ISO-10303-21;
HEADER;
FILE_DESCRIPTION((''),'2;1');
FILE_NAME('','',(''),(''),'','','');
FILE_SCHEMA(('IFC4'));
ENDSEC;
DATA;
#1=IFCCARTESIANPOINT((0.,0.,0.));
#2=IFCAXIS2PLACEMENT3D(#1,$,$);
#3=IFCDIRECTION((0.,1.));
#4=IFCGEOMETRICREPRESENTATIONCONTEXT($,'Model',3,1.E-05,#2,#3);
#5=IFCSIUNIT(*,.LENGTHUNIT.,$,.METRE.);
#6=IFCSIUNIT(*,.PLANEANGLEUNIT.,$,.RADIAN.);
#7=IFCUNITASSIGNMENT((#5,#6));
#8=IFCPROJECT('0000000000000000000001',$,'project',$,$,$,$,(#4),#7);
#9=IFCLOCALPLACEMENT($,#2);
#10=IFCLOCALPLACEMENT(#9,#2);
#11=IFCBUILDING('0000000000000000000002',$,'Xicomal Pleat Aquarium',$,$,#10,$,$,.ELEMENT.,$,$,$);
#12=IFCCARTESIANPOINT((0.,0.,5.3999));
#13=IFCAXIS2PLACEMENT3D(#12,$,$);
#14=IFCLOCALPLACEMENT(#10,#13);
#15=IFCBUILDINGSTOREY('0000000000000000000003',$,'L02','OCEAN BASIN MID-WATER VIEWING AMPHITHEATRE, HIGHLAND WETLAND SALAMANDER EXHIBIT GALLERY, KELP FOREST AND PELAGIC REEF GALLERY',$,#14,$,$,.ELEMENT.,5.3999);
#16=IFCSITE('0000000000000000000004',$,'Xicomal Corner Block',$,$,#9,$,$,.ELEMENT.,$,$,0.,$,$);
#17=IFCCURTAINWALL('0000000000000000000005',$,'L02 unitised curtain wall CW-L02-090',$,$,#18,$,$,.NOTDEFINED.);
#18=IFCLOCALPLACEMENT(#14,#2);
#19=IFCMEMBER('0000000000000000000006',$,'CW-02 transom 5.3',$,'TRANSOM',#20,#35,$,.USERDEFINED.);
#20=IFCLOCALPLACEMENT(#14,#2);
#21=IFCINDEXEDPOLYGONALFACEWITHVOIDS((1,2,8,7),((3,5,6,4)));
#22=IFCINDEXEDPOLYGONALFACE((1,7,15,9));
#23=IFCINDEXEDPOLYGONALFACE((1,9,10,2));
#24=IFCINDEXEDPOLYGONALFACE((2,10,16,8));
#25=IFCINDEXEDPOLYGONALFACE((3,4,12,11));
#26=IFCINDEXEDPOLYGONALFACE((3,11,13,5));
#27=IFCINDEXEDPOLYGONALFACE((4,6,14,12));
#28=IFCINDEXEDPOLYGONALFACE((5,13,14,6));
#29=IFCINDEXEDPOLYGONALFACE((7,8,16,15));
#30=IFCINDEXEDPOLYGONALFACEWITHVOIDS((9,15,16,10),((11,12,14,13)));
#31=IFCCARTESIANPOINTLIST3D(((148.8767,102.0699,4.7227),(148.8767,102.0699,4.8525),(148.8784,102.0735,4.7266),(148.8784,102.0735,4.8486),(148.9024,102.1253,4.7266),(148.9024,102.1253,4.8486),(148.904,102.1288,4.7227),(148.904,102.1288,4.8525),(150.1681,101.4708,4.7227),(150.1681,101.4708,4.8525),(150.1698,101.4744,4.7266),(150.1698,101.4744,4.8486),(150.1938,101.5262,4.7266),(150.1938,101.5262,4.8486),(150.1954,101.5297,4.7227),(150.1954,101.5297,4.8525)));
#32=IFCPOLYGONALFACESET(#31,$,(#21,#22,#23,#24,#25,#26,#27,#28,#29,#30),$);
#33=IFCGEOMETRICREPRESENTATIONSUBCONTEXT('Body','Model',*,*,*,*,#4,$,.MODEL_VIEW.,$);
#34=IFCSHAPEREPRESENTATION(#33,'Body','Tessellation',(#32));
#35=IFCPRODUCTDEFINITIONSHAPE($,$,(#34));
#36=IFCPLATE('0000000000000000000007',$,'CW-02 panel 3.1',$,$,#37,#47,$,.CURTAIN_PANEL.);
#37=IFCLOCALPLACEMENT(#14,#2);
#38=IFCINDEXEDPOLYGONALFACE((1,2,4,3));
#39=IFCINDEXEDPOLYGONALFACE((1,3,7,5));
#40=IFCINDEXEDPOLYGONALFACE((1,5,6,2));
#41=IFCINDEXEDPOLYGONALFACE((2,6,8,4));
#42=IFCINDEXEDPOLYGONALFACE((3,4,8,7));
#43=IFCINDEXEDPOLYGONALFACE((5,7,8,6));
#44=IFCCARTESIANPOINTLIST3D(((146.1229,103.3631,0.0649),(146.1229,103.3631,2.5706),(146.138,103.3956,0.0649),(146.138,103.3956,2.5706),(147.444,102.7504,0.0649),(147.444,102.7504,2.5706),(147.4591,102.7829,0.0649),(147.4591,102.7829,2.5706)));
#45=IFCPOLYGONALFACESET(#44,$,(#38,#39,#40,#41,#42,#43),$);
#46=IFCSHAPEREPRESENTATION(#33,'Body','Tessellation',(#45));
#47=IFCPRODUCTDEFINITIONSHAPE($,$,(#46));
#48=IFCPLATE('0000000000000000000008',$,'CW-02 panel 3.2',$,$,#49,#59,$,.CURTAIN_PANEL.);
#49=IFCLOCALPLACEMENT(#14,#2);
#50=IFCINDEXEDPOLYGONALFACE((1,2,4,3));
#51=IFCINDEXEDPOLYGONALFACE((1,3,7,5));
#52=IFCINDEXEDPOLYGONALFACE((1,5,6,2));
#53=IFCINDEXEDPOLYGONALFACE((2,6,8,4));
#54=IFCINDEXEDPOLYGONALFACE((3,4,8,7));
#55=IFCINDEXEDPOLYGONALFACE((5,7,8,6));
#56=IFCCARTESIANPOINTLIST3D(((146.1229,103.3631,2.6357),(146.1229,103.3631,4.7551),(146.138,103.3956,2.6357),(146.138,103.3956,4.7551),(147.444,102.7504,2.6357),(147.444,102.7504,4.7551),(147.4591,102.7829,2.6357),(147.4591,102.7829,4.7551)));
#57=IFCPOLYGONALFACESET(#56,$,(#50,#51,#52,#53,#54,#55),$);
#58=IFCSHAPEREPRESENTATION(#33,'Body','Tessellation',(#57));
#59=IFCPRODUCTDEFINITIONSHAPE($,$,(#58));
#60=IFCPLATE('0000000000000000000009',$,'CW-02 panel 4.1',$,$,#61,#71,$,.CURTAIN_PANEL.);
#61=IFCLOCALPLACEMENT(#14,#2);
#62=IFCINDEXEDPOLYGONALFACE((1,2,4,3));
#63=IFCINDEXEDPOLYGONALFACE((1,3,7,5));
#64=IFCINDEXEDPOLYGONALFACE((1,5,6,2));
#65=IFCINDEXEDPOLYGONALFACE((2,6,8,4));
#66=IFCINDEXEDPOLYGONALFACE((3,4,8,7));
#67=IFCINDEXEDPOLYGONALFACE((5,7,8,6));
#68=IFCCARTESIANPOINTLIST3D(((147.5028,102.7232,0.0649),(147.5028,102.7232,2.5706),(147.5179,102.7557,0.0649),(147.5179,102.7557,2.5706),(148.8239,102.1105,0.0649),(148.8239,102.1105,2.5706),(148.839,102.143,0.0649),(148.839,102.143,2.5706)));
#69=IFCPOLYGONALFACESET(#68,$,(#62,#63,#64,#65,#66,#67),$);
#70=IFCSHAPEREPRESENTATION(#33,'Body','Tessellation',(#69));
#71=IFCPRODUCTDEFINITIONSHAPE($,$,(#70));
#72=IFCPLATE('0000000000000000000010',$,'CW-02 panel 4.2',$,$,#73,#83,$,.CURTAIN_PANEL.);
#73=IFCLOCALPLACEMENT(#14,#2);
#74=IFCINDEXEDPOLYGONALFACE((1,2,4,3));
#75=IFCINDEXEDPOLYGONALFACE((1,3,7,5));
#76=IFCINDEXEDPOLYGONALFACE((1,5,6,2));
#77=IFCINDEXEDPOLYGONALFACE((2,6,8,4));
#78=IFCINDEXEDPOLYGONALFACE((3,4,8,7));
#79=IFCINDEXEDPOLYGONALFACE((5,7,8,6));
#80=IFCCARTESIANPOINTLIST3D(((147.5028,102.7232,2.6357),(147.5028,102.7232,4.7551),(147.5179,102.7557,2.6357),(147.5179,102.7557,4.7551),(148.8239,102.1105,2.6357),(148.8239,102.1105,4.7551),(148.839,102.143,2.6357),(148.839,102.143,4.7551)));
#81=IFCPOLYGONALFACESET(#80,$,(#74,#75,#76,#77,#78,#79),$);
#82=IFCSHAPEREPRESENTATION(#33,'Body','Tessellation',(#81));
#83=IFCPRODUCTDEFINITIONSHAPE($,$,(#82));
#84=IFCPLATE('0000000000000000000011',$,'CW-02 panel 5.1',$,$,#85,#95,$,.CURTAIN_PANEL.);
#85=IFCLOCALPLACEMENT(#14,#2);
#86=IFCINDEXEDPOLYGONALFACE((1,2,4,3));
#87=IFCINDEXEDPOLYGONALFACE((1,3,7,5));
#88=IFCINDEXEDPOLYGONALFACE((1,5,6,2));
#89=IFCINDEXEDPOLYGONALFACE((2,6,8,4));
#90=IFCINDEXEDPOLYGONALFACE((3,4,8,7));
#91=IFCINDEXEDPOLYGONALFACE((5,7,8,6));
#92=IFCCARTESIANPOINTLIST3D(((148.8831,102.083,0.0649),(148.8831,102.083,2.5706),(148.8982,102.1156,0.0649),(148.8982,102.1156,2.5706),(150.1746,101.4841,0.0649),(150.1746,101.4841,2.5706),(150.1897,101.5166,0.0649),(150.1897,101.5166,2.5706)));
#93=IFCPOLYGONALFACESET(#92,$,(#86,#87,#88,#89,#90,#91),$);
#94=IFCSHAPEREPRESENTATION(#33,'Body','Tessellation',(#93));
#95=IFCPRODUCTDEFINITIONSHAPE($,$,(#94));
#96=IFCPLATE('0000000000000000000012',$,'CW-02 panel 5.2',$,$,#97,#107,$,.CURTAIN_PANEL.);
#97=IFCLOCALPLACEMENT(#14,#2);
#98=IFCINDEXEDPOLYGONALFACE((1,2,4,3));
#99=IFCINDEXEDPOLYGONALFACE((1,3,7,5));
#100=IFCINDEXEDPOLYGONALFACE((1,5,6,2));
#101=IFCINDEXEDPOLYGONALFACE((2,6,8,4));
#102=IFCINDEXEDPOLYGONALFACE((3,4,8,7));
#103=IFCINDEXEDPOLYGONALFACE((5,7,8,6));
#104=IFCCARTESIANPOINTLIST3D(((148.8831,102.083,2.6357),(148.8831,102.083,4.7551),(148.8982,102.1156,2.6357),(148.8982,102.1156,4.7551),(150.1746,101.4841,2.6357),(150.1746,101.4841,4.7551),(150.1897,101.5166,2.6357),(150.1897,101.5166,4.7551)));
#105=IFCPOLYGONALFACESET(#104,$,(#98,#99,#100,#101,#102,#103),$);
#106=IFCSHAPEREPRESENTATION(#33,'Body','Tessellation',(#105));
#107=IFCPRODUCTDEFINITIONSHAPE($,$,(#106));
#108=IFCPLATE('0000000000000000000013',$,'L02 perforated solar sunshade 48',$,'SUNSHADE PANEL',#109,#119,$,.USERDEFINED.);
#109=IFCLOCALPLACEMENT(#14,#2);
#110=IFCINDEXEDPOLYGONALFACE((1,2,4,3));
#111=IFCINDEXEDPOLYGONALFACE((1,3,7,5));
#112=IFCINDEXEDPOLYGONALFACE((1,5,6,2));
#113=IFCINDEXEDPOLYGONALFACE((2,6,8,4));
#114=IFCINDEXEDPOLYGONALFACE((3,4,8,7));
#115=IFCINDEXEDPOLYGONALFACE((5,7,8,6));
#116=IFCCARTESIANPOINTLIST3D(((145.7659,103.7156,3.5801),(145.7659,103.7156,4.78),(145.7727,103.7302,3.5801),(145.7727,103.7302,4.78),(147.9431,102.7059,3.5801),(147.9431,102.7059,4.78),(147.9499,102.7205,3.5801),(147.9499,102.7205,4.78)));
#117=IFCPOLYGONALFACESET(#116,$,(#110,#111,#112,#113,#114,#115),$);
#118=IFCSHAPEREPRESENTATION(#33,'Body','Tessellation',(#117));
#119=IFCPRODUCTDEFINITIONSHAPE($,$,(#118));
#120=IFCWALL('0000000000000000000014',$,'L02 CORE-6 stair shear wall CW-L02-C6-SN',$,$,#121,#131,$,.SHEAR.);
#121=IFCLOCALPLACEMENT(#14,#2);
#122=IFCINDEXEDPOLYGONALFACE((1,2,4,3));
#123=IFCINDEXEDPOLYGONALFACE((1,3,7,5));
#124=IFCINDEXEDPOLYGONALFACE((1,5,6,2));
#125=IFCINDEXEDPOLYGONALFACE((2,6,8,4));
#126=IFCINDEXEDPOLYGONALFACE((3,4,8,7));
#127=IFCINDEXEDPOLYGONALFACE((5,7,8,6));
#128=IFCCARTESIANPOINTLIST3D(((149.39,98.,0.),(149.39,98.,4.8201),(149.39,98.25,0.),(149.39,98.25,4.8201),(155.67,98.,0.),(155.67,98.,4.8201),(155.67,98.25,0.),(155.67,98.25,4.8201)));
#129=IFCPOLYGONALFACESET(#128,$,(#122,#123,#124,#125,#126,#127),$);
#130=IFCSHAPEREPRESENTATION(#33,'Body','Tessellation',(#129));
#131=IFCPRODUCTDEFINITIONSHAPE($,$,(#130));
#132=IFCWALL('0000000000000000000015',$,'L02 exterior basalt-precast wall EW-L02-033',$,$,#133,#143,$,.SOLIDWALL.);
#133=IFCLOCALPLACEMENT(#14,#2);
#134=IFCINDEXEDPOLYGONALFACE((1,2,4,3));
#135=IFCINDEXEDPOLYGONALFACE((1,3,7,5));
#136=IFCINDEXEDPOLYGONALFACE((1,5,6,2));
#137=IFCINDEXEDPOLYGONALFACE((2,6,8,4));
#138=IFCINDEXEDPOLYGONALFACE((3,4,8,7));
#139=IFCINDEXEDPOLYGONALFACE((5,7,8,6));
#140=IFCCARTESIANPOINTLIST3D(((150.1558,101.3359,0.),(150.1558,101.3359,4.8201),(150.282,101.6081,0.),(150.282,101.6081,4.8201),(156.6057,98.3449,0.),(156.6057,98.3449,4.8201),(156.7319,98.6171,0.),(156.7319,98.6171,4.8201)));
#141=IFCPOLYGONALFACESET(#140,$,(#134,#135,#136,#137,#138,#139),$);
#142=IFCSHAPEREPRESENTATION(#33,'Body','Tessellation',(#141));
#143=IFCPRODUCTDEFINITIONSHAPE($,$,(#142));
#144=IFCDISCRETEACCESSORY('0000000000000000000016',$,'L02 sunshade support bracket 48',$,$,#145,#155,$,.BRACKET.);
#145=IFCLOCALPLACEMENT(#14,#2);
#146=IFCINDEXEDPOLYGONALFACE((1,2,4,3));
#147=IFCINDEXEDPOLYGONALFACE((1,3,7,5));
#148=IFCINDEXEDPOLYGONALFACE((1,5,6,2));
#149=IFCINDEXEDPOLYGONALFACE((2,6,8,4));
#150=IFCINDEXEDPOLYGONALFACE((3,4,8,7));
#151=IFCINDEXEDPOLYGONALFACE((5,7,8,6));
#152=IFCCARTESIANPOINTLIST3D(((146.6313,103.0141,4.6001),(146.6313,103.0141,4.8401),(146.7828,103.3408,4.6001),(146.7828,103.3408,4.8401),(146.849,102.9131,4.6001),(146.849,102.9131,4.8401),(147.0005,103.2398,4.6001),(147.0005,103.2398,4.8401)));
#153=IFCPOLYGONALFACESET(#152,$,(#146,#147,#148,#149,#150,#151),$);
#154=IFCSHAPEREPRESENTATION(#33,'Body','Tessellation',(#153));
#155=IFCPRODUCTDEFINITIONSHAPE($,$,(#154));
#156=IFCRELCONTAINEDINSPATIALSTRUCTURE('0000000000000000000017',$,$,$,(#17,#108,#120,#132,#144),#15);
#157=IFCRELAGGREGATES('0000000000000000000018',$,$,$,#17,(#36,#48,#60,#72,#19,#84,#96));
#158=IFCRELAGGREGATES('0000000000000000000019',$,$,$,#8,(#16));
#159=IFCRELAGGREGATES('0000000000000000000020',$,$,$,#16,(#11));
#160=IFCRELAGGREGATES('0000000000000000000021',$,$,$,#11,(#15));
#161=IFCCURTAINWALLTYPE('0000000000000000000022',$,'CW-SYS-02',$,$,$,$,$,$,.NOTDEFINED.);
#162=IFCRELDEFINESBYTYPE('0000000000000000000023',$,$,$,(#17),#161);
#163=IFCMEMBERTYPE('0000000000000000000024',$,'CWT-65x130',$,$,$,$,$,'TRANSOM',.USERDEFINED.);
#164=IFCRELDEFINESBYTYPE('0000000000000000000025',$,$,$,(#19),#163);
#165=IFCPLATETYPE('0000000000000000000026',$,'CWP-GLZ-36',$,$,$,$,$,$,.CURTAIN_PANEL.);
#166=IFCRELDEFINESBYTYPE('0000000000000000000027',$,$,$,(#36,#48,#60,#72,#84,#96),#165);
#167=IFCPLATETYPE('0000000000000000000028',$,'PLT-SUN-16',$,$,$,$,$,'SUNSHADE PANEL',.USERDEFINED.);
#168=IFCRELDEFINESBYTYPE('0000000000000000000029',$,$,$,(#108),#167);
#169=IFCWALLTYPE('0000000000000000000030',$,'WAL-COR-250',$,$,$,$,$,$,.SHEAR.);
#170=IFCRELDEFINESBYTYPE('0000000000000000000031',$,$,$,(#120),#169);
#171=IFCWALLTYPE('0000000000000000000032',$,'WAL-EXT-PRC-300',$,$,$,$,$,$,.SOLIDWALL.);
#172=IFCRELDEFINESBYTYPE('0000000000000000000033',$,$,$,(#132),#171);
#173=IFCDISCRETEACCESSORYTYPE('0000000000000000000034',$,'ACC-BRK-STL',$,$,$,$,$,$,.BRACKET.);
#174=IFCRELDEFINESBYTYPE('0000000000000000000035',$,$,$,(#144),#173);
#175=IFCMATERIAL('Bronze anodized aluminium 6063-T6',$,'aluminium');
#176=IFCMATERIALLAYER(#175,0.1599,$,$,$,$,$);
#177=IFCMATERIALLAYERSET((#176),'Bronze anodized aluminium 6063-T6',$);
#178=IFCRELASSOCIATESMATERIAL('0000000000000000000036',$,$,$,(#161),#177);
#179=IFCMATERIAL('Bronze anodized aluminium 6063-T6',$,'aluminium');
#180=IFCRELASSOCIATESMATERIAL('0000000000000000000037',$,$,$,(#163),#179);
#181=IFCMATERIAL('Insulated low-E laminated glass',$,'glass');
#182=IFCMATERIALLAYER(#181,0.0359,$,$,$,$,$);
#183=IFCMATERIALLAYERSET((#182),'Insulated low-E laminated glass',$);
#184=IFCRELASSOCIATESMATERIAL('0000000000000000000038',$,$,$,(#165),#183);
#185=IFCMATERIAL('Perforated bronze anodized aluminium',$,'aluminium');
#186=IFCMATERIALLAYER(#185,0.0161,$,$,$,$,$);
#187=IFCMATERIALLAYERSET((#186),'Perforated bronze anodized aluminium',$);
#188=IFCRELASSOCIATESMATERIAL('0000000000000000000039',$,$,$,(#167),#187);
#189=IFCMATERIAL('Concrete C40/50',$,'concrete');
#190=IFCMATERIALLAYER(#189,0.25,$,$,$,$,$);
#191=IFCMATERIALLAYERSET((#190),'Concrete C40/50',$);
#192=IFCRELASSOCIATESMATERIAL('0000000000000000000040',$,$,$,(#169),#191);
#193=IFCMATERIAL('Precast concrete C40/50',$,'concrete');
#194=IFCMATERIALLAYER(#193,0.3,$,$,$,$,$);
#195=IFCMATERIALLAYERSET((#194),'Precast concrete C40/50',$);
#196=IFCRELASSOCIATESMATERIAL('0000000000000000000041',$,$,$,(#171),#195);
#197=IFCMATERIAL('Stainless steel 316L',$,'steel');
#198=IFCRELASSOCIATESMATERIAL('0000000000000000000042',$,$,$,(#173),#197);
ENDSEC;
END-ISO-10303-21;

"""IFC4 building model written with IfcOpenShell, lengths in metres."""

from ifc_helpers import new_model, si_unit, direction, frame, frame_2d, origin, origin_2d, place, context, subcontext, project, spatial, rectangle, hollow_rectangle, extrude, material, layer, layer_set, material_profile, profile_set, type_object, element, aggregate, save


model = new_model("IFC4")

# Units and contexts
model_context = context("Model", 3, precision=1e-05, world=origin(), true_north=direction((0.0, 1.0)))
body_context = subcontext(model_context, "Body", "Model", "MODEL_VIEW")
ifc_project = project(units=[si_unit("LENGTHUNIT", "METRE"), si_unit("PLANEANGLEUNIT", "RADIAN")], contexts=[model_context])

# Site, building, storey
site_placement = place(None, origin())
site = spatial("IfcSite", under=ifc_project, at=site_placement, Name="Xicomal Corner Block", CompositionType="ELEMENT", RefElevation=0.0)
building_placement = place(site_placement, origin())
building = spatial("IfcBuilding", under=site, at=building_placement, Name="Xicomal Pleat Aquarium", CompositionType="ELEMENT")
storey_placement = place(building_placement, frame((0.0, 0.0, 5.3999)))
storey = spatial("IfcBuildingStorey", under=building, at=storey_placement, Name="L02", Description="OCEAN BASIN MID-WATER VIEWING AMPHITHEATRE, HIGHLAND WETLAND SALAMANDER EXHIBIT GALLERY, KELP FOREST AND PELAGIC REEF GALLERY", CompositionType="ELEMENT", Elevation=5.3999)

# Curtain wall, member, plates
ifc_material_1 = material(Name="Bronze anodized aluminium 6063-T6", Category="aluminium")
ifc_layer_1 = layer(ifc_material_1, 0.1599)
ifc_layer_set_1 = layer_set([ifc_layer_1], Name="Bronze anodized aluminium 6063-T6")
curtain_wall_type = type_object("IfcCurtainWallType", Name="CW-SYS-02", PredefinedType="NOTDEFINED", material=ifc_layer_set_1)
curtain_wall_placement = place(storey_placement, origin())
curtain_wall = element("IfcCurtainWall", 1, at=curtain_wall_placement, inside=storey, type_object=curtain_wall_type, Name="L02 unitised curtain wall CW-L02-090", PredefinedType="NOTDEFINED")
ifc_material_2 = material(Name="Bronze anodized aluminium 6063-T6", Category="aluminium")
ifc_material_profile_1 = material_profile(ifc_material_2, hollow_rectangle(XDim=0.0649, YDim=0.1299, WallThickness=0.0039, at=origin_2d()), Name="ALU TRAN 65x130")
ifc_profile_set_1 = profile_set([ifc_material_profile_1], Name="Bronze anodized aluminium 6063-T6")
member_type_1 = type_object("IfcMemberType", Name="CWT-65x130", ElementType="TRANSOM", PredefinedType="USERDEFINED", material=ifc_profile_set_1)
member_1_placement = place(storey_placement, frame((148.8904, 102.0994, 4.7876), z_axis=(0.907145, -0.420819, 0.0), x_axis=(0.420819, 0.907145, 0.0)))
member_1 = element("IfcMember", 2, at=member_1_placement, type_object=member_type_1, Name="CW-02 transom 5.3", ObjectType="TRANSOM", PredefinedType="USERDEFINED", context=body_context, shape_type="SweptSolid", body=[
    extrude(hollow_rectangle(XDim=0.0649, YDim=0.1299, WallThickness=0.0039, at=origin_2d()), origin(), (0.0, 0.0, 1.0), 1.4236),
])
ifc_material_3 = material(Name="Insulated low-E laminated glass", Category="glass")
ifc_layer_2 = layer(ifc_material_3, 0.0359)
ifc_layer_set_2 = layer_set([ifc_layer_2], Name="Insulated low-E laminated glass")
plate_type_1 = type_object("IfcPlateType", Name="CWP-GLZ-36", PredefinedType="CURTAIN_PANEL", material=ifc_layer_set_2)
plate_1_placement = place(storey_placement, frame((146.791, 103.073, 0.0649), z_axis=(0.0, 0.0, 1.0), x_axis=(0.907188, -0.420725, 0.0)))
plate_1 = element("IfcPlate", 3, at=plate_1_placement, type_object=plate_type_1, Name="CW-02 panel 3.1", PredefinedType="CURTAIN_PANEL", context=body_context, shape_type="SweptSolid", body=[
    extrude(rectangle(XDim=1.4563, YDim=0.0359, at=origin_2d()), origin(), (0.0, 0.0, 1.0), 2.5056),
])
plate_2_placement = place(storey_placement, frame((146.791, 103.073, 2.6357), z_axis=(0.0, 0.0, 1.0), x_axis=(0.907188, -0.420725, 0.0)))
plate_2 = element("IfcPlate", 4, at=plate_2_placement, type_object=plate_type_1, Name="CW-02 panel 3.2", PredefinedType="CURTAIN_PANEL", context=body_context, shape_type="SweptSolid", body=[
    extrude(rectangle(XDim=1.4563, YDim=0.0359, at=origin_2d()), origin(), (0.0, 0.0, 1.0), 2.1194),
])
plate_3_placement = place(storey_placement, frame((148.1709, 102.4331, 0.0649), z_axis=(0.0, 0.0, 1.0), x_axis=(0.907188, -0.420725, 0.0)))
plate_3 = element("IfcPlate", 5, at=plate_3_placement, type_object=plate_type_1, Name="CW-02 panel 4.1", PredefinedType="CURTAIN_PANEL", context=body_context, shape_type="SweptSolid", body=[
    extrude(rectangle(XDim=1.4563, YDim=0.0359, at=origin_2d()), origin(), (0.0, 0.0, 1.0), 2.5056),
])
plate_4_placement = place(storey_placement, frame((148.1709, 102.4331, 2.6357), z_axis=(0.0, 0.0, 1.0), x_axis=(0.907188, -0.420725, 0.0)))
plate_4 = element("IfcPlate", 6, at=plate_4_placement, type_object=plate_type_1, Name="CW-02 panel 4.2", PredefinedType="CURTAIN_PANEL", context=body_context, shape_type="SweptSolid", body=[
    extrude(rectangle(XDim=1.4563, YDim=0.0359, at=origin_2d()), origin(), (0.0, 0.0, 1.0), 2.1194),
])
plate_5_placement = place(storey_placement, frame((149.5364, 101.7998, 0.0649), z_axis=(0.0, 0.0, 1.0), x_axis=(0.907188, -0.420725, 0.0)))
plate_5 = element("IfcPlate", 7, at=plate_5_placement, type_object=plate_type_1, Name="CW-02 panel 5.1", PredefinedType="CURTAIN_PANEL", context=body_context, shape_type="SweptSolid", body=[
    extrude(rectangle(XDim=1.4236, YDim=0.0359, at=origin_2d()), origin(), (0.0, 0.0, 1.0), 2.5056),
])
plate_6_placement = place(storey_placement, frame((149.5364, 101.7998, 2.6357), z_axis=(0.0, 0.0, 1.0), x_axis=(0.907188, -0.420725, 0.0)))
plate_6 = element("IfcPlate", 8, at=plate_6_placement, type_object=plate_type_1, Name="CW-02 panel 5.2", PredefinedType="CURTAIN_PANEL", context=body_context, shape_type="SweptSolid", body=[
    extrude(rectangle(XDim=1.4236, YDim=0.0359, at=origin_2d()), origin(), (0.0, 0.0, 1.0), 2.1194),
])
aggregate(curtain_wall, [plate_1, plate_2, plate_3, plate_4, member_1, plate_5, plate_6])

# Plate
ifc_material_4 = material(Name="Perforated bronze anodized aluminium", Category="aluminium")
ifc_layer_3 = layer(ifc_material_4, 0.0161)
ifc_layer_set_3 = layer_set([ifc_layer_3], Name="Perforated bronze anodized aluminium")
plate_type_2 = type_object("IfcPlateType", Name="PLT-SUN-16", ElementType="SUNSHADE PANEL", PredefinedType="USERDEFINED", material=ifc_layer_set_3)
plate_7_placement = place(storey_placement, frame((146.8579, 103.218, 3.5801), z_axis=(0.0, 0.0, 1.0), x_axis=(0.907191, -0.420719, 0.0)))
element("IfcPlate", 9, at=plate_7_placement, inside=storey, type_object=plate_type_2, Name="L02 perforated solar sunshade 48", ObjectType="SUNSHADE PANEL", PredefinedType="USERDEFINED", context=body_context, shape_type="SweptSolid", body=[
    extrude(rectangle(XDim=2.3999, YDim=0.0161, at=origin_2d()), origin(), (0.0, 0.0, 1.0), 1.2),
])

# Walls
ifc_material_5 = material(Name="Concrete C40/50", Category="concrete")
ifc_layer_4 = layer(ifc_material_5, 0.25)
ifc_layer_set_4 = layer_set([ifc_layer_4], Name="Concrete C40/50")
wall_type_1 = type_object("IfcWallType", Name="WAL-COR-250", PredefinedType="SHEAR", material=ifc_layer_set_4)
wall_1_placement = place(storey_placement, frame((149.3899, 98.125, 0.0), z_axis=(0.0, 0.0, 1.0), x_axis=(1.0, 0.0, 0.0)))
element("IfcWall", 10, at=wall_1_placement, inside=storey, type_object=wall_type_1, Name="L02 CORE-6 stair shear wall CW-L02-C6-SN", PredefinedType="SHEAR", context=body_context, shape_type="SweptSolid", body=[
    extrude(rectangle(XDim=6.28, YDim=0.25, at=frame_2d((3.1401, 0.0))), origin(), (0.0, 0.0, 1.0), 4.8201),
])
ifc_material_6 = material(Name="Precast concrete C40/50", Category="concrete")
ifc_layer_5 = layer(ifc_material_6, 0.3)
ifc_layer_set_5 = layer_set([ifc_layer_5], Name="Precast concrete C40/50")
wall_type_2 = type_object("IfcWallType", Name="WAL-EXT-PRC-300", PredefinedType="SOLIDWALL", material=ifc_layer_set_5)
wall_2_placement = place(storey_placement, frame((150.219, 101.4719, 0.0), z_axis=(0.0, 0.0, 1.0), x_axis=(0.907205, -0.420689, 0.0)))
element("IfcWall", 11, at=wall_2_placement, inside=storey, type_object=wall_type_2, Name="L02 exterior basalt-precast wall EW-L02-033", PredefinedType="SOLIDWALL", context=body_context, shape_type="SweptSolid", body=[
    extrude(rectangle(XDim=7.1096, YDim=0.3, at=frame_2d((3.5547, 0.0))), origin(), (0.0, 0.0, 1.0), 4.8201),
])

# Discrete accessory
ifc_material_7 = material(Name="Stainless steel 316L", Category="steel")
discrete_accessory_type = type_object("IfcDiscreteAccessoryType", Name="ACC-BRK-STL", PredefinedType="BRACKET", material=ifc_material_7)
discrete_accessory_placement = place(storey_placement, frame((146.8159, 103.127, 4.6001), z_axis=(0.0, 0.0, 1.0), x_axis=(0.907191, -0.420719, 0.0)))
element("IfcDiscreteAccessory", 12, at=discrete_accessory_placement, inside=storey, type_object=discrete_accessory_type, Name="L02 sunshade support bracket 48", PredefinedType="BRACKET", context=body_context, shape_type="SweptSolid", body=[
    extrude(rectangle(XDim=0.24, YDim=0.3601, at=origin_2d()), origin(), (0.0, 0.0, 1.0), 0.24),
])

save(model, "model.ifc")
